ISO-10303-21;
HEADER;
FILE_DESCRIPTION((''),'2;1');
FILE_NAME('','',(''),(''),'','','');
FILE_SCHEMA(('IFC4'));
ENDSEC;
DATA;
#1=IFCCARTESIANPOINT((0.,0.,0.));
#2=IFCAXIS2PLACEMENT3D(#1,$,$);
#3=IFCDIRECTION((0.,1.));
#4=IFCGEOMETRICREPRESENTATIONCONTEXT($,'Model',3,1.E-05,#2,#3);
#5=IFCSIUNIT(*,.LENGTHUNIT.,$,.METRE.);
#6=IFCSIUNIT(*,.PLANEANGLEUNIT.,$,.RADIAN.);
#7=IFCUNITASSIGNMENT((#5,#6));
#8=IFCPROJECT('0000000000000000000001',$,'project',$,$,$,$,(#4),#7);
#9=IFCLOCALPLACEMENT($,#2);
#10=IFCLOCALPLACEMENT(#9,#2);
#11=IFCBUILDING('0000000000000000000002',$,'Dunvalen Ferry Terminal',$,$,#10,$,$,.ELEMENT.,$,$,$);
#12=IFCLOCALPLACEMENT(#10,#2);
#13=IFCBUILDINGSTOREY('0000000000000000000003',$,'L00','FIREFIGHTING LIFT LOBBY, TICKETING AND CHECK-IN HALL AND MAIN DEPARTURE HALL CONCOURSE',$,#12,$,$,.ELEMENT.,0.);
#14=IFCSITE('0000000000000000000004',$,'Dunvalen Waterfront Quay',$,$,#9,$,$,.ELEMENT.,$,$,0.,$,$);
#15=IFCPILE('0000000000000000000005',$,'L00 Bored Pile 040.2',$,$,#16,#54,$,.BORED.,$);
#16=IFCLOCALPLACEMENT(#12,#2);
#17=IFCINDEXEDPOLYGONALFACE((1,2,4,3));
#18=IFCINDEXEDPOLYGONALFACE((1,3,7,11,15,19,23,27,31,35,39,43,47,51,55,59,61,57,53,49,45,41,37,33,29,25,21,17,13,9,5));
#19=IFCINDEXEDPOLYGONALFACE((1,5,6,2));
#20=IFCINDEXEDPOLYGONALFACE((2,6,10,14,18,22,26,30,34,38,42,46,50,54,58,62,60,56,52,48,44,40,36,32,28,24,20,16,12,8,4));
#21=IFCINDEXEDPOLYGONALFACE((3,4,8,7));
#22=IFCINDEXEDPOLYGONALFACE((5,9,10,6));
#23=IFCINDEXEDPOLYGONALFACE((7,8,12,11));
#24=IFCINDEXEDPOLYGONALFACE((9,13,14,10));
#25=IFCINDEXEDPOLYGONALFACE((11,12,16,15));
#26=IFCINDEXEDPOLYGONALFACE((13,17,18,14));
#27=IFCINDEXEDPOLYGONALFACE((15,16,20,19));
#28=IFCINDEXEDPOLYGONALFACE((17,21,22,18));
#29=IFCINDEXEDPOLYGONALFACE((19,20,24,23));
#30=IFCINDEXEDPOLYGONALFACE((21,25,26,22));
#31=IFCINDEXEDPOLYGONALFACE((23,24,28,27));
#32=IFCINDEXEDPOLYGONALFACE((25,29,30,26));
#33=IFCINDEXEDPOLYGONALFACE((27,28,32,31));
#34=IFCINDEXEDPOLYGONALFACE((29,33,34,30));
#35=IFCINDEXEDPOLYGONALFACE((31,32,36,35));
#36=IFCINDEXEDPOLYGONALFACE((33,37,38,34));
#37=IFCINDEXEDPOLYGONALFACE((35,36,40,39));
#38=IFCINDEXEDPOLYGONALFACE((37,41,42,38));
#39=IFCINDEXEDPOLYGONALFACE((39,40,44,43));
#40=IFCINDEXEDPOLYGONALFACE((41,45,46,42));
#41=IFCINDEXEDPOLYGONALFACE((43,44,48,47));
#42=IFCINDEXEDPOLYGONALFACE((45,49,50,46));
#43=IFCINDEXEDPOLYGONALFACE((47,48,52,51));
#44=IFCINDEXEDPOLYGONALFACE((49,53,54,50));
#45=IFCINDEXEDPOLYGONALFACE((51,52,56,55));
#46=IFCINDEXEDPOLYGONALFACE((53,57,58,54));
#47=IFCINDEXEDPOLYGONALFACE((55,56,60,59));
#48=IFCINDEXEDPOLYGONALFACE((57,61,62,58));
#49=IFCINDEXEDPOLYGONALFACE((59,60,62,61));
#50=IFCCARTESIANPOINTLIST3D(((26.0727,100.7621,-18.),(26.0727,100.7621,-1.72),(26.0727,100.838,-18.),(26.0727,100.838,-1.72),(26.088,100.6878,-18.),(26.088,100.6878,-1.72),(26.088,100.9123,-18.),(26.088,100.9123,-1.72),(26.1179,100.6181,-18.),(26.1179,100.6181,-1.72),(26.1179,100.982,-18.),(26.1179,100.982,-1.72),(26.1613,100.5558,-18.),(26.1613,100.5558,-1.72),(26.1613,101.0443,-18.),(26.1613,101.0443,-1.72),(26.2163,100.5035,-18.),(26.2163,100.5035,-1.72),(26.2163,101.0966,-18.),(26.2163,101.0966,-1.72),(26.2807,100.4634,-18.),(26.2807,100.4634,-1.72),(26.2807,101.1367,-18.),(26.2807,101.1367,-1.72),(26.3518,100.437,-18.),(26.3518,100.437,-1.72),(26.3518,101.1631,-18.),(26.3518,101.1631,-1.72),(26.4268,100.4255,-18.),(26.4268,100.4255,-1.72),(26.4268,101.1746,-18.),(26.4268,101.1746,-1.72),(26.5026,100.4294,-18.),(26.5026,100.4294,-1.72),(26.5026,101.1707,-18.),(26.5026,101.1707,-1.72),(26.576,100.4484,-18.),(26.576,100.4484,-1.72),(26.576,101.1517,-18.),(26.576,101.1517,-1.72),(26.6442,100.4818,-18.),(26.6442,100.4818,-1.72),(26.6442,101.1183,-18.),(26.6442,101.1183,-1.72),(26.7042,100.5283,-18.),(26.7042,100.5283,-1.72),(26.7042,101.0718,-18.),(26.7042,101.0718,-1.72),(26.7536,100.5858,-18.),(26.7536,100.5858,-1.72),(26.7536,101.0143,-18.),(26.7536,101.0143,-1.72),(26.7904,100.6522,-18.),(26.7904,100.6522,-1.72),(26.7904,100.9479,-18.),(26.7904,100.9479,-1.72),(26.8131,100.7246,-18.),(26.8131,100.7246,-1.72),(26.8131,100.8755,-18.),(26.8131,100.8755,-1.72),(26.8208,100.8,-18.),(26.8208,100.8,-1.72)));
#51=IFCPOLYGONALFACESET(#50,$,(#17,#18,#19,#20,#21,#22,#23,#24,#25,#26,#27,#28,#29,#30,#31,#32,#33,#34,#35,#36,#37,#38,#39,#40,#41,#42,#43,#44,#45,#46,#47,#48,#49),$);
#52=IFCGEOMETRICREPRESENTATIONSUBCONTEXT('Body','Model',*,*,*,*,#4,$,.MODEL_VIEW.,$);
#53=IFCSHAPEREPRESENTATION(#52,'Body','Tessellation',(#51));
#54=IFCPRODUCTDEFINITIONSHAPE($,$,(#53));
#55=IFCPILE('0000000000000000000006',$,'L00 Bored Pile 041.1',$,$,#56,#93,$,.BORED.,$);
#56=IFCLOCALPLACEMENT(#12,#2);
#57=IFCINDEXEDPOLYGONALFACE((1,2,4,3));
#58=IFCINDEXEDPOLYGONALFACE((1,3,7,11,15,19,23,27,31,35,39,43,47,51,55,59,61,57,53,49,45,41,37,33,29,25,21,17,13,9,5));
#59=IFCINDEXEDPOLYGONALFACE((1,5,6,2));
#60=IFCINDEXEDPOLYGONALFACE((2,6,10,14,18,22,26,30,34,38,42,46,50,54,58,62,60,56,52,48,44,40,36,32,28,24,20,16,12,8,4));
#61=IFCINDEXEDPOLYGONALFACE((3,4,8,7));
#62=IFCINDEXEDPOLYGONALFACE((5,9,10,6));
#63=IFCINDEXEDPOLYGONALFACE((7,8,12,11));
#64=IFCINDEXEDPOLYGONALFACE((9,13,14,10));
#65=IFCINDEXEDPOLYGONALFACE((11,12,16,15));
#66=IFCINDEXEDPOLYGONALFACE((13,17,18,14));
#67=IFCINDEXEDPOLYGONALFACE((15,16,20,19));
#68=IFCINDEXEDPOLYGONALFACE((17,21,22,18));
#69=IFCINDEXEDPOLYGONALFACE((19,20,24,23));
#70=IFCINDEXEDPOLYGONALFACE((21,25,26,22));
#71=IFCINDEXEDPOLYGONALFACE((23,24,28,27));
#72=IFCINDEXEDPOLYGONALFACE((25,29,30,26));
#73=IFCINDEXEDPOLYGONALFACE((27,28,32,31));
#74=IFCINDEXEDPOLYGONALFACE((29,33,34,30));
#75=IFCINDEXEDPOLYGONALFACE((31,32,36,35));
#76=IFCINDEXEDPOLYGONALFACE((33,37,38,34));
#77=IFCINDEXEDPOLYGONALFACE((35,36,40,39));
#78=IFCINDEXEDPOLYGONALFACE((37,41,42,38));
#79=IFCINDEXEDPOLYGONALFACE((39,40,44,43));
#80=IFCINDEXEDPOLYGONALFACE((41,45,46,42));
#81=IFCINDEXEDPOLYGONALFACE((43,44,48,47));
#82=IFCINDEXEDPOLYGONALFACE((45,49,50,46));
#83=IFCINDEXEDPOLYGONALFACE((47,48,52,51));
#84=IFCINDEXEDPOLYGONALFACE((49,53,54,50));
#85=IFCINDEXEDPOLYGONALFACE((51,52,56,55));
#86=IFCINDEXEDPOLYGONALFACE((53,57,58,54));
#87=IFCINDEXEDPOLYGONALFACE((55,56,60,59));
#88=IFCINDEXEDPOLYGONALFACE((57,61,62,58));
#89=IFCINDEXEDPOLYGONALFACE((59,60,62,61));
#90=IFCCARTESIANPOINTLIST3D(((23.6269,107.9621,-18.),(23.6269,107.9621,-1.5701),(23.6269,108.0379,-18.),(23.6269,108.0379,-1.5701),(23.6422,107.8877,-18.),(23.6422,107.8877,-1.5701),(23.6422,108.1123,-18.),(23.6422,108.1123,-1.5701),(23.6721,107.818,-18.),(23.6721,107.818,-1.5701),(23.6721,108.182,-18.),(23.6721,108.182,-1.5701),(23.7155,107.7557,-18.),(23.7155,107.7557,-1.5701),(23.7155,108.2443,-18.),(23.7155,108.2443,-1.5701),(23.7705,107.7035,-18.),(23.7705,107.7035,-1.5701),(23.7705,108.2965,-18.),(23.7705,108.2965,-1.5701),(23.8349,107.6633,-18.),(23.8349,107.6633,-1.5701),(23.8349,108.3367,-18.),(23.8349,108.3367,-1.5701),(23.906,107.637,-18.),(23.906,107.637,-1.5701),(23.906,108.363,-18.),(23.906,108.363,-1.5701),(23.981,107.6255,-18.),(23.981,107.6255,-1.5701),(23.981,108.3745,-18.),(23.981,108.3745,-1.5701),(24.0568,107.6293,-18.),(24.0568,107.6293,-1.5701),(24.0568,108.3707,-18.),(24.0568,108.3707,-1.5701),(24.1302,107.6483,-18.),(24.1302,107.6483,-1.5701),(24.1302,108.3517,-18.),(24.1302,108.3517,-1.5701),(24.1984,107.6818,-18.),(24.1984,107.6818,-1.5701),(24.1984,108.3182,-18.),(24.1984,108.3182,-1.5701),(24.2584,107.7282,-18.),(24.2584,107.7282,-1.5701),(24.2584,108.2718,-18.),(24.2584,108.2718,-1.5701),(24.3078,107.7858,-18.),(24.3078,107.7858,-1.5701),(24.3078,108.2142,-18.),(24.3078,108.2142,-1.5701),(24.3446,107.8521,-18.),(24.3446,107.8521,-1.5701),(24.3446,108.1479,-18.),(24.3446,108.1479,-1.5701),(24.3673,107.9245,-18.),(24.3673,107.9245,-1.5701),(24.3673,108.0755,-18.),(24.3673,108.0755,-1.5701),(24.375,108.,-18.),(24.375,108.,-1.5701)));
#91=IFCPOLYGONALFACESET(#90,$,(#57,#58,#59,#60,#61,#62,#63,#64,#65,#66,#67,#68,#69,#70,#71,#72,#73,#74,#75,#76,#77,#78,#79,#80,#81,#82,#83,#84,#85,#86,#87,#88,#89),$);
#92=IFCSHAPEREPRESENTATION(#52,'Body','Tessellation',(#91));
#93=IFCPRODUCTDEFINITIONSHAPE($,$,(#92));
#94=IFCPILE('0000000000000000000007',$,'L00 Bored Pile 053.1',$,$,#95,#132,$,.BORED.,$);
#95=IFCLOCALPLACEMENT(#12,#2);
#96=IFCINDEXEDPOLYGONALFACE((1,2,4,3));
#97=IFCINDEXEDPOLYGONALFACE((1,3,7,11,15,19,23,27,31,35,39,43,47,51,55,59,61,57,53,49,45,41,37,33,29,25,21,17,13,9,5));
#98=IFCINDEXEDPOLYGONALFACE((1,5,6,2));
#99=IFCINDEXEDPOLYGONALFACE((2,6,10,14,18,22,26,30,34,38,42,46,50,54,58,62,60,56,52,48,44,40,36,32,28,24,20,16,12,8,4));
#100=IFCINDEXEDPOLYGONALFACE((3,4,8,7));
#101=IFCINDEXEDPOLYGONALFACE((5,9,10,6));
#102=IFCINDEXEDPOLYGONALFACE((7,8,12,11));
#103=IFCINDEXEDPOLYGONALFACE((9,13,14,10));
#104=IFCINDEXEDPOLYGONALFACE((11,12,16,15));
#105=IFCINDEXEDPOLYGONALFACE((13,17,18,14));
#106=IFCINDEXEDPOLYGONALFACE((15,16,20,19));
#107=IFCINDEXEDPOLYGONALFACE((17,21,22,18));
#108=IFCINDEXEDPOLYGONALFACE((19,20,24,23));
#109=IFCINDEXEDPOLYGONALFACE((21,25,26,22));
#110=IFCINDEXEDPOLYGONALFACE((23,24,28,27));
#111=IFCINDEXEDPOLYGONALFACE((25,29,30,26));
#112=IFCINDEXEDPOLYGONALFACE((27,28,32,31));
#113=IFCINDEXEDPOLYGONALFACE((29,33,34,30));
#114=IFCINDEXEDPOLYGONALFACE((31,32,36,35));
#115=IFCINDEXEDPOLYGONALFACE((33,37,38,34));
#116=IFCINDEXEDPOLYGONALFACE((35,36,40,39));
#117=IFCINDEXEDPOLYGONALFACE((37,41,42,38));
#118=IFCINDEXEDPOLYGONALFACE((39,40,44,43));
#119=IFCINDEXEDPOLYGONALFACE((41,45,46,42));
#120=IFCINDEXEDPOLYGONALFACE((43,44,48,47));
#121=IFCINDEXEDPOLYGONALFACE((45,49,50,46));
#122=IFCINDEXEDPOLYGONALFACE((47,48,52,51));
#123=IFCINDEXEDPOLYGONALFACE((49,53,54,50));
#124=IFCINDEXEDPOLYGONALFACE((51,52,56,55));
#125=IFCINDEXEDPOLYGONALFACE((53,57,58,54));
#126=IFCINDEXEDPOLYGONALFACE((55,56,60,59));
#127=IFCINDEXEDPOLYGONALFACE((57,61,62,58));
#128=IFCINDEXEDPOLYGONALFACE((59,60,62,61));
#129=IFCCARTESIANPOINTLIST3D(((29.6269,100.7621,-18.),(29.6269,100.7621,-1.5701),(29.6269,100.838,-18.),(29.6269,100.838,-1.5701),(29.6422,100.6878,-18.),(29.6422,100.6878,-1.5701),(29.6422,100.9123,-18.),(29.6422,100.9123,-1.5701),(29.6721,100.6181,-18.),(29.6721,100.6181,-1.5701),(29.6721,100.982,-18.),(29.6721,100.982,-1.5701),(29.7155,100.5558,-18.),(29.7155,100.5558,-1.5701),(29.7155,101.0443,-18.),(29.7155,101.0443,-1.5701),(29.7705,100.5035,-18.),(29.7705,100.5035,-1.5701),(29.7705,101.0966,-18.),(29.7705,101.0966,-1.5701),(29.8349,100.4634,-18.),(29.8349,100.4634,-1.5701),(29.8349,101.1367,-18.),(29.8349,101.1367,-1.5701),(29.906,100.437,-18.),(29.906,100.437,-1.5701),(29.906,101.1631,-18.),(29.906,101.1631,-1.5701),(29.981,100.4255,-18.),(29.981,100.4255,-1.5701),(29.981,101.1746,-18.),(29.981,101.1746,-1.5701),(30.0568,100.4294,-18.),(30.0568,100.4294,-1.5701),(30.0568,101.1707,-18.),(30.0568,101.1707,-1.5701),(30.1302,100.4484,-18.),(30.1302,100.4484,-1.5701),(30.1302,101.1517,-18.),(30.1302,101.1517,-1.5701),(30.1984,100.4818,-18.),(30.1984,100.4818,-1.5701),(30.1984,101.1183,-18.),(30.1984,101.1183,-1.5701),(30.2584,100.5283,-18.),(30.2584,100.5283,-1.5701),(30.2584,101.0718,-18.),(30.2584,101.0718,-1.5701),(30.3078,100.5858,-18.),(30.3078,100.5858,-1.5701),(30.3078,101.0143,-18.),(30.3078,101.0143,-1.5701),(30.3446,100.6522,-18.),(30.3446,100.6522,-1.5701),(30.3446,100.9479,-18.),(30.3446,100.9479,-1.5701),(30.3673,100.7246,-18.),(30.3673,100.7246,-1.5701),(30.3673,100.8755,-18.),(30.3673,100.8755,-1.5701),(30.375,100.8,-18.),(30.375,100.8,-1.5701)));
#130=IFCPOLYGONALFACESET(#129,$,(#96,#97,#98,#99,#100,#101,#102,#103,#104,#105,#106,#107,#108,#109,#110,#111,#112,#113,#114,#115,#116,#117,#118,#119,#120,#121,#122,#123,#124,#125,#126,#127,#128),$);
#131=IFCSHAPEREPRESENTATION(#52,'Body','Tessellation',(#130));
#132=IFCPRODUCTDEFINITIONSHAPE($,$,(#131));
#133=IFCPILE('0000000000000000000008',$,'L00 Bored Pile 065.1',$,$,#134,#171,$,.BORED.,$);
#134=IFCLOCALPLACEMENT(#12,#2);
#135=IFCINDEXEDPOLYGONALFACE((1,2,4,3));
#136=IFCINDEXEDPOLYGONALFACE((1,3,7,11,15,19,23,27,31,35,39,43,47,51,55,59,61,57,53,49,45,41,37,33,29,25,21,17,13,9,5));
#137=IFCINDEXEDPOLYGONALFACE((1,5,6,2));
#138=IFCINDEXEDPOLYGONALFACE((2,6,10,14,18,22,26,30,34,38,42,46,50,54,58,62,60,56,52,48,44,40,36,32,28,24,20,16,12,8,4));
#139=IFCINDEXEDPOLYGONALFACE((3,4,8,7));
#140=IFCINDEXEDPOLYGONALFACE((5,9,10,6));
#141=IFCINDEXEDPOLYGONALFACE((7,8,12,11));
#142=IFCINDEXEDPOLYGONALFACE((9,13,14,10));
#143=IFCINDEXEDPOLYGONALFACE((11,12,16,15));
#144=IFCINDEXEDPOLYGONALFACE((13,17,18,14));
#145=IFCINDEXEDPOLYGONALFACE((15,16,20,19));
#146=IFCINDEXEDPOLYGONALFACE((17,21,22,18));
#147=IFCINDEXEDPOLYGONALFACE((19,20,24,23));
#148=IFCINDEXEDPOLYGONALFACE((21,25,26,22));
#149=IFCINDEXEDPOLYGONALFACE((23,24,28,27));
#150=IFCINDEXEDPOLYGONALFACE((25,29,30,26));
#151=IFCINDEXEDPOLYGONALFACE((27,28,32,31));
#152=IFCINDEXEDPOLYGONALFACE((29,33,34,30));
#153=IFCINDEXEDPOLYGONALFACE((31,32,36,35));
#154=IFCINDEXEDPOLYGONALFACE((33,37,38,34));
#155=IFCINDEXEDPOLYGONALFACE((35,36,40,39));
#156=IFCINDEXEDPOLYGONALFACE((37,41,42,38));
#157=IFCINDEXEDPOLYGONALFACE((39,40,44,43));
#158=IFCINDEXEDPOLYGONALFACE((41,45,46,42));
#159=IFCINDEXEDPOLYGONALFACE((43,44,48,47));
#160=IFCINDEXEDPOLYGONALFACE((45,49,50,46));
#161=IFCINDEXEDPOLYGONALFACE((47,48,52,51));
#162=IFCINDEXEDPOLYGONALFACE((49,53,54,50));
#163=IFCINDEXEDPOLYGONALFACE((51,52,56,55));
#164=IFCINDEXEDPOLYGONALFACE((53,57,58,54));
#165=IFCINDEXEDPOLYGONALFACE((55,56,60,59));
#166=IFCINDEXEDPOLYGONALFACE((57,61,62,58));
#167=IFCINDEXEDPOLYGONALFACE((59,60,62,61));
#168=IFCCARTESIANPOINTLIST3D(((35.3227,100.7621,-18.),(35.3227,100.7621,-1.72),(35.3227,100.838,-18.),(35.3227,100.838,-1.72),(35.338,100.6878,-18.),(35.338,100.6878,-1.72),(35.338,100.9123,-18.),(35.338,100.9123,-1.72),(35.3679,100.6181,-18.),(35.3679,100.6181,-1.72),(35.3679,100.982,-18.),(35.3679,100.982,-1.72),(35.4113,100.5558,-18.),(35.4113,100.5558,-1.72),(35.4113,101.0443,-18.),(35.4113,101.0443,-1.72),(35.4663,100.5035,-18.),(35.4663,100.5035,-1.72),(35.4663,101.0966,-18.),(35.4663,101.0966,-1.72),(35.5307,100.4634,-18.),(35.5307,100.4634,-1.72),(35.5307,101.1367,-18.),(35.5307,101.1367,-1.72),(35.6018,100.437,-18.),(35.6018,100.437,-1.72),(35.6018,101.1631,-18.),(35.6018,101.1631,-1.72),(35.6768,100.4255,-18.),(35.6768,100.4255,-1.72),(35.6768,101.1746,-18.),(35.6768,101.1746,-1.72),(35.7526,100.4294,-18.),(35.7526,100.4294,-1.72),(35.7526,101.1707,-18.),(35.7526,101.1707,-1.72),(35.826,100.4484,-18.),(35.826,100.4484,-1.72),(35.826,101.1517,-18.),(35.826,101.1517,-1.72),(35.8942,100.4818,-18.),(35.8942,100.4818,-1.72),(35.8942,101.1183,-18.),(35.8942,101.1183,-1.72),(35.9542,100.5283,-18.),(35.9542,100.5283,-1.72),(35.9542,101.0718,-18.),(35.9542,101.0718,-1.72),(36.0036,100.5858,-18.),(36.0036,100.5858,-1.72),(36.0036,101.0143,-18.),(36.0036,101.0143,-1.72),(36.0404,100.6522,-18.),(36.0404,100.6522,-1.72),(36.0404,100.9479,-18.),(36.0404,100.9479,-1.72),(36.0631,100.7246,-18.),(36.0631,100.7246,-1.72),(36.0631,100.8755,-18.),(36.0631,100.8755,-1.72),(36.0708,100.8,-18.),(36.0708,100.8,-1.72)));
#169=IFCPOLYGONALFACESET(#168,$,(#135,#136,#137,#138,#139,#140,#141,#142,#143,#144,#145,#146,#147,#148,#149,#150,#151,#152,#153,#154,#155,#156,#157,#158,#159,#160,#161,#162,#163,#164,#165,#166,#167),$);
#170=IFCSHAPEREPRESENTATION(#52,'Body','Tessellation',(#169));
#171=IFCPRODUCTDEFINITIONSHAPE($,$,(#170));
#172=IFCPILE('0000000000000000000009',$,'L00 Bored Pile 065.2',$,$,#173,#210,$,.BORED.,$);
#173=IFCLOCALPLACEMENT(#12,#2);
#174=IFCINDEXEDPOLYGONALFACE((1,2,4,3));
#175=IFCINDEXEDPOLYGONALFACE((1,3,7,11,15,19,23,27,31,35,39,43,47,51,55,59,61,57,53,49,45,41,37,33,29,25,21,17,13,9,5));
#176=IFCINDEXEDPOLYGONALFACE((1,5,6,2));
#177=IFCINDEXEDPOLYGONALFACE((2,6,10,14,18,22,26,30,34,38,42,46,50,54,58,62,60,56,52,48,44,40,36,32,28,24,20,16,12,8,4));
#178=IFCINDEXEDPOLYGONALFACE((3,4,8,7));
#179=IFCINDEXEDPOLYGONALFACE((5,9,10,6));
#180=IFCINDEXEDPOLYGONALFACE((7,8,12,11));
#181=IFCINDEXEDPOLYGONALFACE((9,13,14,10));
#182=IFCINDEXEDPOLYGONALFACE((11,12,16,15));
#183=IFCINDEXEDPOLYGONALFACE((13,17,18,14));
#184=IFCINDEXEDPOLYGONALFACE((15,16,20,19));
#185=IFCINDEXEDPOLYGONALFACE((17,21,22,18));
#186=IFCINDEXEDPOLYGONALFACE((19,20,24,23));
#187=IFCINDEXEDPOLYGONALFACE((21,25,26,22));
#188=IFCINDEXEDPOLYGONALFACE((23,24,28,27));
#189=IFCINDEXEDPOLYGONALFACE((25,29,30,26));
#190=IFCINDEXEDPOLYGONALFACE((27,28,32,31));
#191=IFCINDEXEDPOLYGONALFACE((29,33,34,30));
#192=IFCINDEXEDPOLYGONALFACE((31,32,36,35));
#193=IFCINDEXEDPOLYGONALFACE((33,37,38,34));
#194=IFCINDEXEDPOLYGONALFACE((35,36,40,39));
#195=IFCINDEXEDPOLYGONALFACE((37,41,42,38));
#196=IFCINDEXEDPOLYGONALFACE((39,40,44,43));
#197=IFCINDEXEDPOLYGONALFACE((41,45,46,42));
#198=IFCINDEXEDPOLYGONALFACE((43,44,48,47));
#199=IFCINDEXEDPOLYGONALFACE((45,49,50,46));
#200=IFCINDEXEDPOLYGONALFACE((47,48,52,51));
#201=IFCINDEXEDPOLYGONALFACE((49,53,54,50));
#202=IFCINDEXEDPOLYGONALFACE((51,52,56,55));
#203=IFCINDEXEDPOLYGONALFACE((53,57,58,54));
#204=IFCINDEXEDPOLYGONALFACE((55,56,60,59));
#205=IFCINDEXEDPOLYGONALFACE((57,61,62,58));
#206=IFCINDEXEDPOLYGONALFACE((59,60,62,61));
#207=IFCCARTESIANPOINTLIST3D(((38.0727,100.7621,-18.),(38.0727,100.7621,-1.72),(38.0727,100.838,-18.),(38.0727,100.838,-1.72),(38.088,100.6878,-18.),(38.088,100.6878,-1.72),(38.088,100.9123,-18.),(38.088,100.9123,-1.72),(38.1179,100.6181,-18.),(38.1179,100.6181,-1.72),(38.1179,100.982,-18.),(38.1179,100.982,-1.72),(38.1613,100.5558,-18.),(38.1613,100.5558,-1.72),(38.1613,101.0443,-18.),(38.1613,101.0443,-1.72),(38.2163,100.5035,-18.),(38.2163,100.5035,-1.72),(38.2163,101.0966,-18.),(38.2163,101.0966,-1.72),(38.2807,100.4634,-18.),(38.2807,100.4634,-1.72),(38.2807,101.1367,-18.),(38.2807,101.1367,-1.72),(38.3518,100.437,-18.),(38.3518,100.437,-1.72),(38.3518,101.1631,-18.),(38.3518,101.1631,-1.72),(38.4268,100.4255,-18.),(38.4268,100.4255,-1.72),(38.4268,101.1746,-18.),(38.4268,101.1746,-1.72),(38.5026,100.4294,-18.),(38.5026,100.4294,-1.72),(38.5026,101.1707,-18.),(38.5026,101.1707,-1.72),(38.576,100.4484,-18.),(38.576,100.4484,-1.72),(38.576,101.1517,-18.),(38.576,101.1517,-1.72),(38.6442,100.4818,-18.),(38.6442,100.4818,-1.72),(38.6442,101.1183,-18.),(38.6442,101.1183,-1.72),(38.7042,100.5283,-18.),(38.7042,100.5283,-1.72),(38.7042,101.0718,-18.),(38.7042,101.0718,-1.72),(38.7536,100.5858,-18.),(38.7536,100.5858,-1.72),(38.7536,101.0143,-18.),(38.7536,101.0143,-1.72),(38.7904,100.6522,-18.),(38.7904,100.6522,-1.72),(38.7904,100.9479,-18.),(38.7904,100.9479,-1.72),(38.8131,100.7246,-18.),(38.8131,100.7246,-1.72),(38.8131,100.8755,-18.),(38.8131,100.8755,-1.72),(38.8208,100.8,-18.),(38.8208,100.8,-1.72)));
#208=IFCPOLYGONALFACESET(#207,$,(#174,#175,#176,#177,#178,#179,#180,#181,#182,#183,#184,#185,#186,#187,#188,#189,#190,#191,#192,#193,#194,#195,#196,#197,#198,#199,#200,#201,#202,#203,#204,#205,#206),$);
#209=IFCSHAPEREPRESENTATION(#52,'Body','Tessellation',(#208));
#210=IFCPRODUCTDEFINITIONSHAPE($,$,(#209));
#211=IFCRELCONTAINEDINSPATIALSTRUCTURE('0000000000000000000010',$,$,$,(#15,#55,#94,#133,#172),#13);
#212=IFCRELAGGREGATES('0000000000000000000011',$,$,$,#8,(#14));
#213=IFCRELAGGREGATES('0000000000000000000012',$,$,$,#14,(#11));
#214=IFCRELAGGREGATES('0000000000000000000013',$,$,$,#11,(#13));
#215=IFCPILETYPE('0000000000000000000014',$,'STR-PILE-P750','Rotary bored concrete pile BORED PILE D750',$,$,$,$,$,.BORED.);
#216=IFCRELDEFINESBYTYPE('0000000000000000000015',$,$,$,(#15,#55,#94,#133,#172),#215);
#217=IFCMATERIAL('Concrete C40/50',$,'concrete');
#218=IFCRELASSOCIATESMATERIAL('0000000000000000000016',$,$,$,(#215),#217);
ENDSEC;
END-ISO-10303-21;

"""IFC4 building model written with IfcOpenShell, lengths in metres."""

from ifc_helpers import new_model, si_unit, direction, frame, origin, origin_2d, place, context, subcontext, project, spatial, circle, extrude, material, material_profile, profile_set, type_object, element, save


model = new_model("IFC4")

# Units and contexts
model_context = context("Model", 3, precision=1e-05, world=origin(), true_north=direction((0.0, 1.0)))
body_context = subcontext(model_context, "Body", "Model", "MODEL_VIEW")
ifc_project = project(units=[si_unit("LENGTHUNIT", "METRE"), si_unit("PLANEANGLEUNIT", "RADIAN")], contexts=[model_context])

# Site, building, storey
site_placement = place(None, origin())
site = spatial("IfcSite", under=ifc_project, at=site_placement, Name="Dunvalen Waterfront Quay", CompositionType="ELEMENT", RefElevation=0.0)
building_placement = place(site_placement, origin())
building = spatial("IfcBuilding", under=site, at=building_placement, Name="Dunvalen Ferry Terminal", CompositionType="ELEMENT")
storey_placement = place(building_placement, origin())
storey = spatial("IfcBuildingStorey", under=building, at=storey_placement, Name="L00", Description="FIREFIGHTING LIFT LOBBY, TICKETING AND CHECK-IN HALL AND MAIN DEPARTURE HALL CONCOURSE", CompositionType="ELEMENT", Elevation=0.0)

# Shared definitions
ifc_material_1 = material(Name="Concrete C40/50", Category="concrete")

# Piles
ifc_material_profile_1 = material_profile(ifc_material_1, circle(Radius=0.375, at=origin_2d()), Name="Concrete C40/50")
ifc_profile_set_1 = profile_set([ifc_material_profile_1], Name="Concrete C40/50")
pile_type = type_object("IfcPileType", Name="STR-PILE-P750", Description="Rotary bored concrete pile BORED PILE D750", PredefinedType="BORED", material=ifc_profile_set_1)
for number, where, z_axis, x_axis, name in (
    (1, (26.4458, 100.8, -1.72), (0.0, 0.0, -1.0), (1.0, 0.0, 0.0), "L00 Bored Pile 040.2"),
):
    element("IfcPile", number, at=place(storey_placement, frame(where, z_axis=z_axis, x_axis=x_axis)), inside=storey, type_object=pile_type, Name=name, PredefinedType="BORED", context=body_context, shape_type="SweptSolid", body=[
        extrude(circle(Radius=0.375, at=origin_2d()), origin(), (0.0, 0.0, 1.0), 16.28),
    ])
for number, where, z_axis, x_axis, name in (
    (2, (24.0, 108.0, -1.5701), (0.0, 0.0, -1.0), (1.0, 0.0, 0.0), "L00 Bored Pile 041.1"),
    (3, (30.0, 100.8, -1.5701), (0.0, 0.0, -1.0), (1.0, 0.0, 0.0), "L00 Bored Pile 053.1"),
):
    element("IfcPile", number, at=place(storey_placement, frame(where, z_axis=z_axis, x_axis=x_axis)), inside=storey, type_object=pile_type, Name=name, PredefinedType="BORED", context=body_context, shape_type="SweptSolid", body=[
        extrude(circle(Radius=0.375, at=origin_2d()), origin(), (0.0, 0.0, 1.0), 16.4299),
    ])
for number, where, z_axis, x_axis, name in (
    (4, (35.6958, 100.8, -1.72), (0.0, 0.0, -1.0), (1.0, 0.0, 0.0), "L00 Bored Pile 065.1"),
    (5, (38.4458, 100.8, -1.72), (0.0, 0.0, -1.0), (1.0, 0.0, 0.0), "L00 Bored Pile 065.2"),
):
    element("IfcPile", number, at=place(storey_placement, frame(where, z_axis=z_axis, x_axis=x_axis)), inside=storey, type_object=pile_type, Name=name, PredefinedType="BORED", context=body_context, shape_type="SweptSolid", body=[
        extrude(circle(Radius=0.375, at=origin_2d()), origin(), (0.0, 0.0, 1.0), 16.28),
    ])

save(model, "model.ifc")
